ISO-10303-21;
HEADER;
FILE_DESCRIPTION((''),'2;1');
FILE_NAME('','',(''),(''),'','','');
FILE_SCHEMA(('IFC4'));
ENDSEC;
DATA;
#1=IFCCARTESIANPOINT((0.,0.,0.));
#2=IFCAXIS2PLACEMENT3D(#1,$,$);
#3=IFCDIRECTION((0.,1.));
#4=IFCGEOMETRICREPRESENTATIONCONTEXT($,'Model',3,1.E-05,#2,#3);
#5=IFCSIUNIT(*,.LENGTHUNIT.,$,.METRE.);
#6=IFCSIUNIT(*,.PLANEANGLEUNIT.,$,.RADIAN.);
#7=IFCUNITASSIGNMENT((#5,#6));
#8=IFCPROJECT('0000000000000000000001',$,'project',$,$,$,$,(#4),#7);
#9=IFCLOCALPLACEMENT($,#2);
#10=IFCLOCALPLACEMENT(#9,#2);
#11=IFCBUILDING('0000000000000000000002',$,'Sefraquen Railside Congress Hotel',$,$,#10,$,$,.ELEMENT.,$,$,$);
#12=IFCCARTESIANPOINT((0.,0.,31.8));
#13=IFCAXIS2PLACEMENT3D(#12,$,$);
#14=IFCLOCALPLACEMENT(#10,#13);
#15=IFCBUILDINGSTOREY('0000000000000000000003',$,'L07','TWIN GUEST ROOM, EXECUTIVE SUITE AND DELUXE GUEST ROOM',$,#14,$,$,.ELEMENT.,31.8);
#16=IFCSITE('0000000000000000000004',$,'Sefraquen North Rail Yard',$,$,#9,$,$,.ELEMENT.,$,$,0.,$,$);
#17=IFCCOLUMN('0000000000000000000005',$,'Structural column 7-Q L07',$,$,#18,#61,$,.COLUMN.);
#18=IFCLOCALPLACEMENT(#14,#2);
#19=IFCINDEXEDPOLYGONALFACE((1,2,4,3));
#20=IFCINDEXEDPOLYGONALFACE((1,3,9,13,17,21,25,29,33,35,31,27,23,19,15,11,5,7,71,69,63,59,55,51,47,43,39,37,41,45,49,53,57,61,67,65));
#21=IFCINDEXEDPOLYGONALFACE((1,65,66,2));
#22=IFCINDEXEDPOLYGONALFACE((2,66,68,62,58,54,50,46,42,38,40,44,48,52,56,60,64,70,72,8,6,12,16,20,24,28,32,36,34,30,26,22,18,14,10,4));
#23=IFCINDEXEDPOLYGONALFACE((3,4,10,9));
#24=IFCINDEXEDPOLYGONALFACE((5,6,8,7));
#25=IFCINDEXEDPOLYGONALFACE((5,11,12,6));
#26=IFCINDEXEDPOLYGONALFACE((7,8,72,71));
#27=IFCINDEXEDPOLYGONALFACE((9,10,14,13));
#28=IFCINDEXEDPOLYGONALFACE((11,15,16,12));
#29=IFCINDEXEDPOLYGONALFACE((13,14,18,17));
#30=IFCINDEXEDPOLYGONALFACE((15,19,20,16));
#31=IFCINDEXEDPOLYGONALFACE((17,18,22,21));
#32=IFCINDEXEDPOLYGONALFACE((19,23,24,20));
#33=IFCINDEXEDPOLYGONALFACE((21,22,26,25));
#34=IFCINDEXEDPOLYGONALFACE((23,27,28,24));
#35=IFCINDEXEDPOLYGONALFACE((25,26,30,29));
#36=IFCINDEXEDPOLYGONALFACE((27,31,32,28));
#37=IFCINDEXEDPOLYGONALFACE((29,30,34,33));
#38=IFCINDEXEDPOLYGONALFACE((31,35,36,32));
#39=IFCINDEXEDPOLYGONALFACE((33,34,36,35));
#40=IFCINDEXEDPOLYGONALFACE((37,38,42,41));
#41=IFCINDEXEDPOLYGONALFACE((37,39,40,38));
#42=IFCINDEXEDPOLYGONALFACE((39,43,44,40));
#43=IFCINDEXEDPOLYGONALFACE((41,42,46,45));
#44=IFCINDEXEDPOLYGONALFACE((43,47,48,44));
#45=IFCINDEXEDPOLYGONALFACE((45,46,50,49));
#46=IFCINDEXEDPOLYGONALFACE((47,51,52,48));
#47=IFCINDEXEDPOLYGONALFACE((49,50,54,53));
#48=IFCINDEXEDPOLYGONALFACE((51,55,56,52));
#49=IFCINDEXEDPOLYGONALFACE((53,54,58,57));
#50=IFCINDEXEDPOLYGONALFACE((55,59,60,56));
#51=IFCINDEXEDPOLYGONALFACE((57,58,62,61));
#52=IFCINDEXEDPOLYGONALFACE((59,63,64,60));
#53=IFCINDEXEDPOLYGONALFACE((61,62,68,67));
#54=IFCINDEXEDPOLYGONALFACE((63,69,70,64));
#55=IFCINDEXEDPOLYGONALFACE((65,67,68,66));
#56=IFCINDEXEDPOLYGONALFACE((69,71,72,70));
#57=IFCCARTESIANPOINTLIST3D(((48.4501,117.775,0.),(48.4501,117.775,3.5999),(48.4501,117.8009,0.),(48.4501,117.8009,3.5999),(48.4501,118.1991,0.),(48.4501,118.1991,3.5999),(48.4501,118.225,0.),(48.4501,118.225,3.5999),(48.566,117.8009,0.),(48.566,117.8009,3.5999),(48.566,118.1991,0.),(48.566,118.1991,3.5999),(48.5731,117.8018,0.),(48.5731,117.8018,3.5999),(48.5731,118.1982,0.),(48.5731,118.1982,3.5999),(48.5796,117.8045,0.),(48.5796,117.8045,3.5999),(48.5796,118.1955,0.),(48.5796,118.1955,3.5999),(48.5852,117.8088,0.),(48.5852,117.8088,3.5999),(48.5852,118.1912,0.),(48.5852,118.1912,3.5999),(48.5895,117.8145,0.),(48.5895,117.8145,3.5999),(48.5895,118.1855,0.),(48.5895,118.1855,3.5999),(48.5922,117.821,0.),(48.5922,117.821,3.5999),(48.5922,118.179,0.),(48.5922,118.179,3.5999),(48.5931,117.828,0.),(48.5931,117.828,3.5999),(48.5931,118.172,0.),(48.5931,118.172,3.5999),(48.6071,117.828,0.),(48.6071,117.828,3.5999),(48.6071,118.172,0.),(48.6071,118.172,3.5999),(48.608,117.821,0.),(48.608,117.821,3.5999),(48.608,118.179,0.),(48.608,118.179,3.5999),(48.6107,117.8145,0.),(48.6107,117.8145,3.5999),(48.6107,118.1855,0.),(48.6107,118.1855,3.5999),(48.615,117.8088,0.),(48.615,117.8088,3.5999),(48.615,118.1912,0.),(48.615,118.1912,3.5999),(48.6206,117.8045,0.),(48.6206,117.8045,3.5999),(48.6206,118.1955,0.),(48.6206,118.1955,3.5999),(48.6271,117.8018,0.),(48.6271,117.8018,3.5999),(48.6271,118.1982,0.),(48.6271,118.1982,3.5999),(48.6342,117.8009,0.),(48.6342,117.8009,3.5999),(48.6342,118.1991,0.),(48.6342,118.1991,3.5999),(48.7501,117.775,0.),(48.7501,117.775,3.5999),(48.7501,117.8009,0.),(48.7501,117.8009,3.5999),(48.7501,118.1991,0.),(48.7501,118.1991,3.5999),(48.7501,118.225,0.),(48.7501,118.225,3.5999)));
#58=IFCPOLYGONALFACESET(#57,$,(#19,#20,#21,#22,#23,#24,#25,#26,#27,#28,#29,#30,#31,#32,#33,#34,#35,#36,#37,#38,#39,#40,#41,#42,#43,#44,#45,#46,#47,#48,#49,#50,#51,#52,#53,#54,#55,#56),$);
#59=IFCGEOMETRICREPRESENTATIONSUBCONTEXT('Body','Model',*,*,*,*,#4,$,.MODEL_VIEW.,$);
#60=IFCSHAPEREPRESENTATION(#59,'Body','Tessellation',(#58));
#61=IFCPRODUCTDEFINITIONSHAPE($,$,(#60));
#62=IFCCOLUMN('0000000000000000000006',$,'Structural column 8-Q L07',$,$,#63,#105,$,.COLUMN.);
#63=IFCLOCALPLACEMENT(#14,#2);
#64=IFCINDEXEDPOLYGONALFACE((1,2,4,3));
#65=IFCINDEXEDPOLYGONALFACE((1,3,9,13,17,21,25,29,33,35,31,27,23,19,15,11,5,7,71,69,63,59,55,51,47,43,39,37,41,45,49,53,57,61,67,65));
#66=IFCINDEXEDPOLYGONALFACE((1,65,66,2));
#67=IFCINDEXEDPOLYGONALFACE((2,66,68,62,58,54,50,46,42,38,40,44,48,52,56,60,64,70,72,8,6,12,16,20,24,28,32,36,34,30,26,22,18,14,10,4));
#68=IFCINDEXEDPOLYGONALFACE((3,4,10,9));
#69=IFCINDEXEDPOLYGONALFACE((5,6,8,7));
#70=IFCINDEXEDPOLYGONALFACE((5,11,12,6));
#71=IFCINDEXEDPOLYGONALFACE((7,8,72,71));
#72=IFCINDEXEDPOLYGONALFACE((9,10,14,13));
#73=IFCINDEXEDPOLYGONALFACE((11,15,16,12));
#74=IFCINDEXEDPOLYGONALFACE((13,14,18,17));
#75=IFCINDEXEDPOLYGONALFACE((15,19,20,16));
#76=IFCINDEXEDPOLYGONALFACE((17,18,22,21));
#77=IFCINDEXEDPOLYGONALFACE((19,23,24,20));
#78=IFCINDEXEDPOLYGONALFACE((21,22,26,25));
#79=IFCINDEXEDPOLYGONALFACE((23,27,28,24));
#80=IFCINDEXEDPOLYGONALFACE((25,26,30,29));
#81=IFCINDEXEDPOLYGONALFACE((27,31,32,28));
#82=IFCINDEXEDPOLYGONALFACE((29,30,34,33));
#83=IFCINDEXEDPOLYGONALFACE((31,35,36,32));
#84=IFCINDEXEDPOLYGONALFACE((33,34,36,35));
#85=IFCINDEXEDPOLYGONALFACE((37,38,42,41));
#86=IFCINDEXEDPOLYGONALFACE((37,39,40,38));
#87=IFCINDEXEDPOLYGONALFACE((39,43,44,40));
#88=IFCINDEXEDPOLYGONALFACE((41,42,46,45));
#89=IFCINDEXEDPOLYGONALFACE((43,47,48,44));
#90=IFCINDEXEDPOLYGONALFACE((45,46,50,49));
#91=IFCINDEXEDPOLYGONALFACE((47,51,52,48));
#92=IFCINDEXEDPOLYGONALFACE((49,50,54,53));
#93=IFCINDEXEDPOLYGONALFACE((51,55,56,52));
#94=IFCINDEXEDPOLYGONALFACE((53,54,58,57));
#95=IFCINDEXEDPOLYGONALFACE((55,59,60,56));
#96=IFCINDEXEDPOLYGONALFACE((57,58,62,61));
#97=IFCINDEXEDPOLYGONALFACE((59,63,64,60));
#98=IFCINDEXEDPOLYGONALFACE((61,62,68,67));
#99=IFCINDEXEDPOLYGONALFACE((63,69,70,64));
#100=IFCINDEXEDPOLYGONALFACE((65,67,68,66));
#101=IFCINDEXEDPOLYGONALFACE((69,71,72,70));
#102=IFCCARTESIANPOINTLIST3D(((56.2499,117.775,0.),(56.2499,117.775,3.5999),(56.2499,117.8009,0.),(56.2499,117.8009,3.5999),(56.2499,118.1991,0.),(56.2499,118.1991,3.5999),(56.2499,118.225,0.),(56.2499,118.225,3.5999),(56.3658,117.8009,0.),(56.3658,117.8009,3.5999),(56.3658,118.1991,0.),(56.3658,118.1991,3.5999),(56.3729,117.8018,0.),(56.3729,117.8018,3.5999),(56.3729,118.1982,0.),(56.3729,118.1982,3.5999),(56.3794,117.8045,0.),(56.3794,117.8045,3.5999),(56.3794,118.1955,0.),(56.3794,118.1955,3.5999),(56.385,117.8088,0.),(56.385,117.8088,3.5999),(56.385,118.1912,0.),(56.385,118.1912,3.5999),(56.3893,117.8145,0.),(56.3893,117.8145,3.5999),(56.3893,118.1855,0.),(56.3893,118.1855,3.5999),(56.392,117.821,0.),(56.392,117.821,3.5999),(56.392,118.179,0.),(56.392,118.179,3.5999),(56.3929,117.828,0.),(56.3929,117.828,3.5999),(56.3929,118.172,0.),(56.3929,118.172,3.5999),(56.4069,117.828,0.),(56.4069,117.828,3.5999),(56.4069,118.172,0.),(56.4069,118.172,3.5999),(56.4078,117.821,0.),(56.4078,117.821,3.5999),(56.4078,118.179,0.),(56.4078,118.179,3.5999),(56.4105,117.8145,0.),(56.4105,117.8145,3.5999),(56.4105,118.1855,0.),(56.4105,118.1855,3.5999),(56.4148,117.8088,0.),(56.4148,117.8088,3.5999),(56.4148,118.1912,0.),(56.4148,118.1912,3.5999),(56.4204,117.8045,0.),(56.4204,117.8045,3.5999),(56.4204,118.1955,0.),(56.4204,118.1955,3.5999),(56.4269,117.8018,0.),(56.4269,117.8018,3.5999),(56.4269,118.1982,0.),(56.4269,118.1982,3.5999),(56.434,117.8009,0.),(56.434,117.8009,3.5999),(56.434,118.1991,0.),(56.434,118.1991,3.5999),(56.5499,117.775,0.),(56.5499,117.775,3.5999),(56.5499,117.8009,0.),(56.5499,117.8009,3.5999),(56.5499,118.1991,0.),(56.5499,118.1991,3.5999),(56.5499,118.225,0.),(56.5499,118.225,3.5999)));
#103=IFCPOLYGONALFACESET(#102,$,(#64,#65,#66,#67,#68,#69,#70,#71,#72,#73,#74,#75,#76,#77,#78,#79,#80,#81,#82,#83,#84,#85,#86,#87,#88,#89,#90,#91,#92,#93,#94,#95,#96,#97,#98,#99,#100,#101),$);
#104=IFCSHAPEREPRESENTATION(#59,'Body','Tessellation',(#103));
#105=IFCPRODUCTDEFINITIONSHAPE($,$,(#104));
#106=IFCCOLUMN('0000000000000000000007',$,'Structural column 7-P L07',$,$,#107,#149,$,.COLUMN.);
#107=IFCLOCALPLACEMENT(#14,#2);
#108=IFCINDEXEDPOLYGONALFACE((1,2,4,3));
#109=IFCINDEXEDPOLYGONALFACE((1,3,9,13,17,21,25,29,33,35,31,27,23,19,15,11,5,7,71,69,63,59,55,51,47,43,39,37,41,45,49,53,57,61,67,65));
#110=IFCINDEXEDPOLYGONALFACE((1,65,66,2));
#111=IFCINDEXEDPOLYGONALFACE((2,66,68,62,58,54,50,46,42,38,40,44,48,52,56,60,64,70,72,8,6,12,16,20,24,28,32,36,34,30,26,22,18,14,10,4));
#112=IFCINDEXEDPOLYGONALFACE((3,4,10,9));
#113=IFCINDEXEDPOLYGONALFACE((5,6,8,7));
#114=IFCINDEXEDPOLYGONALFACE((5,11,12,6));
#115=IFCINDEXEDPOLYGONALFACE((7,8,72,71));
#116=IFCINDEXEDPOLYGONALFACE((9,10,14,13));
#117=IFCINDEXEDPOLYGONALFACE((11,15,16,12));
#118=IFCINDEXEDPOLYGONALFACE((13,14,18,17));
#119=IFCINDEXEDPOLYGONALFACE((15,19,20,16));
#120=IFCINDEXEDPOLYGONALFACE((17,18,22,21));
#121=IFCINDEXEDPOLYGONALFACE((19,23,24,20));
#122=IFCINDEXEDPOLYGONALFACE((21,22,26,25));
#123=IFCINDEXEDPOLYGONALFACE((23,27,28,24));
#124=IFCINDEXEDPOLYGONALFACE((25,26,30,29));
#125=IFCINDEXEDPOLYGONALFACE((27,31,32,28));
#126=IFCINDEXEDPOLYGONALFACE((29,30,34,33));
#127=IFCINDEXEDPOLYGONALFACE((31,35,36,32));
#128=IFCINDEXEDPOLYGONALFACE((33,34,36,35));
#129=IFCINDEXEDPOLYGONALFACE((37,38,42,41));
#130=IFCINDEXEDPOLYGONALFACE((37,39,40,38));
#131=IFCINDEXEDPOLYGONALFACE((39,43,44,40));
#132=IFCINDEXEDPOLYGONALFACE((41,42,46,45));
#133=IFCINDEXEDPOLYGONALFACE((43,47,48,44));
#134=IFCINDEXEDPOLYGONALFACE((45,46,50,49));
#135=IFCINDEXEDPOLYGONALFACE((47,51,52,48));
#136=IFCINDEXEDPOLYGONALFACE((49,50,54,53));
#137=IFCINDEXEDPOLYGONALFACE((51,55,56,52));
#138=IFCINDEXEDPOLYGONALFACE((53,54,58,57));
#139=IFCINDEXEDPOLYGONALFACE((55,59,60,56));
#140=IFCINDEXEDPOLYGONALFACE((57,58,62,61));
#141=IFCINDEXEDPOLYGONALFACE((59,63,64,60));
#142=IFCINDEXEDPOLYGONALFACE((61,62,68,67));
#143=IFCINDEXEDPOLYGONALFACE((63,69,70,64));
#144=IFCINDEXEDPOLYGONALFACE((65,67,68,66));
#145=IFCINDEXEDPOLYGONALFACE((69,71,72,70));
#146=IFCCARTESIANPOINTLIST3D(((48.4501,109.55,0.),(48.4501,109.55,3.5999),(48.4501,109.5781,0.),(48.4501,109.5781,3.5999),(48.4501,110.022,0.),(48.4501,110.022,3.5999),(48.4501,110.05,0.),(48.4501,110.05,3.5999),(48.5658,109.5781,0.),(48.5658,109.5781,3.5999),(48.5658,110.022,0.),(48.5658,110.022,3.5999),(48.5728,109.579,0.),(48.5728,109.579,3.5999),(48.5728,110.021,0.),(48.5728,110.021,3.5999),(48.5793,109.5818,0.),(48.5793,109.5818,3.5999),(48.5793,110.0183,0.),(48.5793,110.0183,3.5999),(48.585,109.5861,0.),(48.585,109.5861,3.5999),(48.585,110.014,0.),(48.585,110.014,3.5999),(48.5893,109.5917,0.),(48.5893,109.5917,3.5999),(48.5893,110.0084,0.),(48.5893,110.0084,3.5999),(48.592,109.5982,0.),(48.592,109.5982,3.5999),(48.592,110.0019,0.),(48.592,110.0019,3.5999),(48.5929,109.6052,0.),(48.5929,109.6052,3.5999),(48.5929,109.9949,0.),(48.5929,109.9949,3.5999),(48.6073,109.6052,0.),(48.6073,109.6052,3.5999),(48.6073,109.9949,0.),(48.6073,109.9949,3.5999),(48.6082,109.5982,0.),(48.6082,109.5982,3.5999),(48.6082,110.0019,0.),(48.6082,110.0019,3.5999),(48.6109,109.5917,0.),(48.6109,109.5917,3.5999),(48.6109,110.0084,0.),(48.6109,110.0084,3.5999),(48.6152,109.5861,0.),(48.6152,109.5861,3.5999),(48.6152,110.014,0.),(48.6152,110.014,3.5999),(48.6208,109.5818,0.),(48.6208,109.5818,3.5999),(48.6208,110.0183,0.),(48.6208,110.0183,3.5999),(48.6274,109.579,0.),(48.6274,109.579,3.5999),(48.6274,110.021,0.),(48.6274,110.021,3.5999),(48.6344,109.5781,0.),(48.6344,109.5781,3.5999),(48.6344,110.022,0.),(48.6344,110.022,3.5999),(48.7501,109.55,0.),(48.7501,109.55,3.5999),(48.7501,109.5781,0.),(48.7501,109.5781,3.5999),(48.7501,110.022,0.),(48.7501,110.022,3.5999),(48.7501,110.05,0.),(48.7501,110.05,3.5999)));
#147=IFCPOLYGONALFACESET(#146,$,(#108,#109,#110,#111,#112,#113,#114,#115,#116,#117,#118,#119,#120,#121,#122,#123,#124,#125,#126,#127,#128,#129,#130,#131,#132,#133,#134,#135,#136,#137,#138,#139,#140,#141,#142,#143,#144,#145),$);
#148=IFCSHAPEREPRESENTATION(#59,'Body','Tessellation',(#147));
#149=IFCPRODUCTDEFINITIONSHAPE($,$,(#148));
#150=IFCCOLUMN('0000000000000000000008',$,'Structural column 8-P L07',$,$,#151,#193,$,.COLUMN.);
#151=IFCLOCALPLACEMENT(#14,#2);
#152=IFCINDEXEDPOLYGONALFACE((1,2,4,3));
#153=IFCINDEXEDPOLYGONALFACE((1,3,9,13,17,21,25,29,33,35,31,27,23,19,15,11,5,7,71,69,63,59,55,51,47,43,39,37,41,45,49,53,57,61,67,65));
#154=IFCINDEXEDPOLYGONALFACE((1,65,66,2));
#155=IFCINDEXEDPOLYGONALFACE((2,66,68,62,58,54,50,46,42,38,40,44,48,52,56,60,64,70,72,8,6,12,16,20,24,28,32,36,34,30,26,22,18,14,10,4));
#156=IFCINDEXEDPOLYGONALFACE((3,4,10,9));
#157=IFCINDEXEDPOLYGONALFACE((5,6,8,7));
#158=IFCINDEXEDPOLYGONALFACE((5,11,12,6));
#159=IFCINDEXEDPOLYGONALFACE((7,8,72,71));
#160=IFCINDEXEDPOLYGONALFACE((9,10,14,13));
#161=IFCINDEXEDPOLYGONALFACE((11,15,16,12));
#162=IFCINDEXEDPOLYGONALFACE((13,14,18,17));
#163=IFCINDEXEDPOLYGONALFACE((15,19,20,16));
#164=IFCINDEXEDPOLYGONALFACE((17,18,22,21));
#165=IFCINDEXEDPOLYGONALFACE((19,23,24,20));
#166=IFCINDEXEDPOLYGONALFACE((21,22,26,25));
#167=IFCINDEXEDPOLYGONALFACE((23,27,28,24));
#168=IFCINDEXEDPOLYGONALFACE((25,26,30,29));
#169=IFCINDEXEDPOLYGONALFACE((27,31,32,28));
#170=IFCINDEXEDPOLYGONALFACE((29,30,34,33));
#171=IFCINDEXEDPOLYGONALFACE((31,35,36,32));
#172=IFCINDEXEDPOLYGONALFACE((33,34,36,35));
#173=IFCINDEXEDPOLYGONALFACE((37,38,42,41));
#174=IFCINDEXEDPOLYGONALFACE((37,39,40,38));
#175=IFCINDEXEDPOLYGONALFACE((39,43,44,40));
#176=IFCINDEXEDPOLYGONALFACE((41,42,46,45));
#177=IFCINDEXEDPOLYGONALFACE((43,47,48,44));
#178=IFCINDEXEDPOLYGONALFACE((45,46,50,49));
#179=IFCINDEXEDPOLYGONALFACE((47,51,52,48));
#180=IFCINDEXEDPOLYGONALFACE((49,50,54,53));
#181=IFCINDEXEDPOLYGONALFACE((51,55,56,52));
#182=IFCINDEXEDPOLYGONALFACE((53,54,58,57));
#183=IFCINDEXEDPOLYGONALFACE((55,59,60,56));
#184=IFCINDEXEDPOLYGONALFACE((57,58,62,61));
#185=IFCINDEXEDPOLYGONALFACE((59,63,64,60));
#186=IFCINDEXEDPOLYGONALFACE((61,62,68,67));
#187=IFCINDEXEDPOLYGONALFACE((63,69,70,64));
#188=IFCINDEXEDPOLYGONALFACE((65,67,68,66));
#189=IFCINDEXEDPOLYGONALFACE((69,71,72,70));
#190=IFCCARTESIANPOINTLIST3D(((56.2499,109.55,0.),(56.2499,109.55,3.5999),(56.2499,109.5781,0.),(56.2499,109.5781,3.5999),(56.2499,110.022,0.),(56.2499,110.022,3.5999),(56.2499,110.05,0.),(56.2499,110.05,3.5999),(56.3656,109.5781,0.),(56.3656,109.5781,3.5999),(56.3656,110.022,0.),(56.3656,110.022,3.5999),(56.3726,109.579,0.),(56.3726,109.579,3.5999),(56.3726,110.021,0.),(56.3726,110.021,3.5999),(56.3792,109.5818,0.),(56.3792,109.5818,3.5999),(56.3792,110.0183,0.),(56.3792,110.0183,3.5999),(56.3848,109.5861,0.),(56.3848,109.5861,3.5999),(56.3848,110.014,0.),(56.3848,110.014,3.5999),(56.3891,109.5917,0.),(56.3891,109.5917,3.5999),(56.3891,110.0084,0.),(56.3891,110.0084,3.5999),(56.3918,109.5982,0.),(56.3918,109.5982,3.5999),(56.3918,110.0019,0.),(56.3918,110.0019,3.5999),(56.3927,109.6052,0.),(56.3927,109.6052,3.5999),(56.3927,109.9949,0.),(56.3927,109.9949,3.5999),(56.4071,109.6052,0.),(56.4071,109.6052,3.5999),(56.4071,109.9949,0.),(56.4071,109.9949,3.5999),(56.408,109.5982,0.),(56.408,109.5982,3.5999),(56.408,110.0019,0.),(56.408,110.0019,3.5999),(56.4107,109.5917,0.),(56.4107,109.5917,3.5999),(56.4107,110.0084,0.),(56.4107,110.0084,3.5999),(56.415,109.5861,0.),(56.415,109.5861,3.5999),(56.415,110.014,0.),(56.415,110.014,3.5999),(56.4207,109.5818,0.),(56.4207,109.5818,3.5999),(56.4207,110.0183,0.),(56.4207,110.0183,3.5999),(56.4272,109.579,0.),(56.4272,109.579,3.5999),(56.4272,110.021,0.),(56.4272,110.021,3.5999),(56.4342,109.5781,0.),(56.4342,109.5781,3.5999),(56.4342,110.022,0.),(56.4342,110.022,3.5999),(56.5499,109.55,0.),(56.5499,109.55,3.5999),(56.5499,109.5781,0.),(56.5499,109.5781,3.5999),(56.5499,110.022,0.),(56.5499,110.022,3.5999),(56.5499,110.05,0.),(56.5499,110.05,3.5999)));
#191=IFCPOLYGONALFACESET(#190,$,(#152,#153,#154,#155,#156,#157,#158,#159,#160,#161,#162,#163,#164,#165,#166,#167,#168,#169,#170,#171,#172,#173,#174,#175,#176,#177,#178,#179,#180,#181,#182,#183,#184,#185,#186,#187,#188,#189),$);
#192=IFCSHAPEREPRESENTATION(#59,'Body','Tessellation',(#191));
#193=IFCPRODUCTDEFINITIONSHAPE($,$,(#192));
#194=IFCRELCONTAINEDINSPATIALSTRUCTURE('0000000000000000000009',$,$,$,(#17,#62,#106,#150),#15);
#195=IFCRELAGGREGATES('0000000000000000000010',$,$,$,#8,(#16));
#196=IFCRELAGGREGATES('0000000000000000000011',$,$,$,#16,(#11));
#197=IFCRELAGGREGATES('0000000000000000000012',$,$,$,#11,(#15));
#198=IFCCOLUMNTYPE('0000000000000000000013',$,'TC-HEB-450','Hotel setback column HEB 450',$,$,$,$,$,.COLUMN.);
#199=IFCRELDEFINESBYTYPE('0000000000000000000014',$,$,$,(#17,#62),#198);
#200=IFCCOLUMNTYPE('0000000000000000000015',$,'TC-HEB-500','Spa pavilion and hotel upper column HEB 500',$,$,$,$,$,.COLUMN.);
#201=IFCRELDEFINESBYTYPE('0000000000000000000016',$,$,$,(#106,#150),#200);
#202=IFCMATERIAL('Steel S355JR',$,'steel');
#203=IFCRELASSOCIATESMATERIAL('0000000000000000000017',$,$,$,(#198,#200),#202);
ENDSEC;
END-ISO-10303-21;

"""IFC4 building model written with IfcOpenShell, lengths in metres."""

from ifc_helpers import new_model, si_unit, direction, frame, origin, origin_2d, place, context, subcontext, project, spatial, i_section, extrude, material, material_profile, profile_set, type_object, element, save


model = new_model("IFC4")

# Units and contexts
model_context = context("Model", 3, precision=1e-05, world=origin(), true_north=direction((0.0, 1.0)))
body_context = subcontext(model_context, "Body", "Model", "MODEL_VIEW")
ifc_project = project(units=[si_unit("LENGTHUNIT", "METRE"), si_unit("PLANEANGLEUNIT", "RADIAN")], contexts=[model_context])

# Site, building, storey
site_placement = place(None, origin())
site = spatial("IfcSite", under=ifc_project, at=site_placement, Name="Sefraquen North Rail Yard", CompositionType="ELEMENT", RefElevation=0.0)
building_placement = place(site_placement, origin())
building = spatial("IfcBuilding", under=site, at=building_placement, Name="Sefraquen Railside Congress Hotel", CompositionType="ELEMENT")
storey_placement = place(building_placement, frame((0.0, 0.0, 31.8)))
storey = spatial("IfcBuildingStorey", under=building, at=storey_placement, Name="L07", Description="TWIN GUEST ROOM, EXECUTIVE SUITE AND DELUXE GUEST ROOM", CompositionType="ELEMENT", Elevation=31.8)

# Columns
ifc_material_1 = material(Name="Steel S355JR", Category="steel")
ifc_material_profile_1 = material_profile(ifc_material_1, i_section(OverallWidth=0.3, OverallDepth=0.45, WebThickness=0.0139, FlangeThickness=0.0259, FilletRadius=0.0271, at=origin_2d()), Name="HEB 450")
ifc_profile_set_1 = profile_set([ifc_material_profile_1], Name="Steel S355JR")
column_type_1 = type_object("IfcColumnType", Name="TC-HEB-450", Description="Hotel setback column HEB 450", PredefinedType="COLUMN", material=ifc_profile_set_1)
for number, where, z_axis, x_axis, name in (
    (1, (48.6001, 118.0, 0.0), (0.0, 0.0, 1.0), (1.0, 0.0, 0.0), "Structural column 7-Q L07"),
    (2, (56.3999, 118.0, 0.0), (0.0, 0.0, 1.0), (1.0, 0.0, 0.0), "Structural column 8-Q L07"),
):
    element("IfcColumn", number, at=place(storey_placement, frame(where, z_axis=z_axis, x_axis=x_axis)), inside=storey, type_object=column_type_1, Name=name, PredefinedType="COLUMN", context=body_context, shape_type="SweptSolid", body=[
        extrude(i_section(OverallWidth=0.3, OverallDepth=0.45, WebThickness=0.0139, FlangeThickness=0.0259, FilletRadius=0.0271, at=origin_2d()), origin(), (0.0, 0.0, 1.0), 3.5999),
    ])
ifc_material_profile_2 = material_profile(ifc_material_1, i_section(OverallWidth=0.3, OverallDepth=0.5, WebThickness=0.0144, FlangeThickness=0.0281, FilletRadius=0.0271, at=origin_2d()), Name="HEB 500")
ifc_profile_set_2 = profile_set([ifc_material_profile_2], Name="Steel S355JR")
column_type_2 = type_object("IfcColumnType", Name="TC-HEB-500", Description="Spa pavilion and hotel upper column HEB 500", PredefinedType="COLUMN", material=ifc_profile_set_2)
for number, where, z_axis, x_axis, name in (
    (3, (48.6001, 109.8, 0.0), (0.0, 0.0, 1.0), (1.0, 0.0, 0.0), "Structural column 7-P L07"),
    (4, (56.3999, 109.8, 0.0), (0.0, 0.0, 1.0), (1.0, 0.0, 0.0), "Structural column 8-P L07"),
):
    element("IfcColumn", number, at=place(storey_placement, frame(where, z_axis=z_axis, x_axis=x_axis)), inside=storey, type_object=column_type_2, Name=name, PredefinedType="COLUMN", context=body_context, shape_type="SweptSolid", body=[
        extrude(i_section(OverallWidth=0.3, OverallDepth=0.5, WebThickness=0.0144, FlangeThickness=0.0281, FilletRadius=0.0271, at=origin_2d()), origin(), (0.0, 0.0, 1.0), 3.5999),
    ])

save(model, "model.ifc")
